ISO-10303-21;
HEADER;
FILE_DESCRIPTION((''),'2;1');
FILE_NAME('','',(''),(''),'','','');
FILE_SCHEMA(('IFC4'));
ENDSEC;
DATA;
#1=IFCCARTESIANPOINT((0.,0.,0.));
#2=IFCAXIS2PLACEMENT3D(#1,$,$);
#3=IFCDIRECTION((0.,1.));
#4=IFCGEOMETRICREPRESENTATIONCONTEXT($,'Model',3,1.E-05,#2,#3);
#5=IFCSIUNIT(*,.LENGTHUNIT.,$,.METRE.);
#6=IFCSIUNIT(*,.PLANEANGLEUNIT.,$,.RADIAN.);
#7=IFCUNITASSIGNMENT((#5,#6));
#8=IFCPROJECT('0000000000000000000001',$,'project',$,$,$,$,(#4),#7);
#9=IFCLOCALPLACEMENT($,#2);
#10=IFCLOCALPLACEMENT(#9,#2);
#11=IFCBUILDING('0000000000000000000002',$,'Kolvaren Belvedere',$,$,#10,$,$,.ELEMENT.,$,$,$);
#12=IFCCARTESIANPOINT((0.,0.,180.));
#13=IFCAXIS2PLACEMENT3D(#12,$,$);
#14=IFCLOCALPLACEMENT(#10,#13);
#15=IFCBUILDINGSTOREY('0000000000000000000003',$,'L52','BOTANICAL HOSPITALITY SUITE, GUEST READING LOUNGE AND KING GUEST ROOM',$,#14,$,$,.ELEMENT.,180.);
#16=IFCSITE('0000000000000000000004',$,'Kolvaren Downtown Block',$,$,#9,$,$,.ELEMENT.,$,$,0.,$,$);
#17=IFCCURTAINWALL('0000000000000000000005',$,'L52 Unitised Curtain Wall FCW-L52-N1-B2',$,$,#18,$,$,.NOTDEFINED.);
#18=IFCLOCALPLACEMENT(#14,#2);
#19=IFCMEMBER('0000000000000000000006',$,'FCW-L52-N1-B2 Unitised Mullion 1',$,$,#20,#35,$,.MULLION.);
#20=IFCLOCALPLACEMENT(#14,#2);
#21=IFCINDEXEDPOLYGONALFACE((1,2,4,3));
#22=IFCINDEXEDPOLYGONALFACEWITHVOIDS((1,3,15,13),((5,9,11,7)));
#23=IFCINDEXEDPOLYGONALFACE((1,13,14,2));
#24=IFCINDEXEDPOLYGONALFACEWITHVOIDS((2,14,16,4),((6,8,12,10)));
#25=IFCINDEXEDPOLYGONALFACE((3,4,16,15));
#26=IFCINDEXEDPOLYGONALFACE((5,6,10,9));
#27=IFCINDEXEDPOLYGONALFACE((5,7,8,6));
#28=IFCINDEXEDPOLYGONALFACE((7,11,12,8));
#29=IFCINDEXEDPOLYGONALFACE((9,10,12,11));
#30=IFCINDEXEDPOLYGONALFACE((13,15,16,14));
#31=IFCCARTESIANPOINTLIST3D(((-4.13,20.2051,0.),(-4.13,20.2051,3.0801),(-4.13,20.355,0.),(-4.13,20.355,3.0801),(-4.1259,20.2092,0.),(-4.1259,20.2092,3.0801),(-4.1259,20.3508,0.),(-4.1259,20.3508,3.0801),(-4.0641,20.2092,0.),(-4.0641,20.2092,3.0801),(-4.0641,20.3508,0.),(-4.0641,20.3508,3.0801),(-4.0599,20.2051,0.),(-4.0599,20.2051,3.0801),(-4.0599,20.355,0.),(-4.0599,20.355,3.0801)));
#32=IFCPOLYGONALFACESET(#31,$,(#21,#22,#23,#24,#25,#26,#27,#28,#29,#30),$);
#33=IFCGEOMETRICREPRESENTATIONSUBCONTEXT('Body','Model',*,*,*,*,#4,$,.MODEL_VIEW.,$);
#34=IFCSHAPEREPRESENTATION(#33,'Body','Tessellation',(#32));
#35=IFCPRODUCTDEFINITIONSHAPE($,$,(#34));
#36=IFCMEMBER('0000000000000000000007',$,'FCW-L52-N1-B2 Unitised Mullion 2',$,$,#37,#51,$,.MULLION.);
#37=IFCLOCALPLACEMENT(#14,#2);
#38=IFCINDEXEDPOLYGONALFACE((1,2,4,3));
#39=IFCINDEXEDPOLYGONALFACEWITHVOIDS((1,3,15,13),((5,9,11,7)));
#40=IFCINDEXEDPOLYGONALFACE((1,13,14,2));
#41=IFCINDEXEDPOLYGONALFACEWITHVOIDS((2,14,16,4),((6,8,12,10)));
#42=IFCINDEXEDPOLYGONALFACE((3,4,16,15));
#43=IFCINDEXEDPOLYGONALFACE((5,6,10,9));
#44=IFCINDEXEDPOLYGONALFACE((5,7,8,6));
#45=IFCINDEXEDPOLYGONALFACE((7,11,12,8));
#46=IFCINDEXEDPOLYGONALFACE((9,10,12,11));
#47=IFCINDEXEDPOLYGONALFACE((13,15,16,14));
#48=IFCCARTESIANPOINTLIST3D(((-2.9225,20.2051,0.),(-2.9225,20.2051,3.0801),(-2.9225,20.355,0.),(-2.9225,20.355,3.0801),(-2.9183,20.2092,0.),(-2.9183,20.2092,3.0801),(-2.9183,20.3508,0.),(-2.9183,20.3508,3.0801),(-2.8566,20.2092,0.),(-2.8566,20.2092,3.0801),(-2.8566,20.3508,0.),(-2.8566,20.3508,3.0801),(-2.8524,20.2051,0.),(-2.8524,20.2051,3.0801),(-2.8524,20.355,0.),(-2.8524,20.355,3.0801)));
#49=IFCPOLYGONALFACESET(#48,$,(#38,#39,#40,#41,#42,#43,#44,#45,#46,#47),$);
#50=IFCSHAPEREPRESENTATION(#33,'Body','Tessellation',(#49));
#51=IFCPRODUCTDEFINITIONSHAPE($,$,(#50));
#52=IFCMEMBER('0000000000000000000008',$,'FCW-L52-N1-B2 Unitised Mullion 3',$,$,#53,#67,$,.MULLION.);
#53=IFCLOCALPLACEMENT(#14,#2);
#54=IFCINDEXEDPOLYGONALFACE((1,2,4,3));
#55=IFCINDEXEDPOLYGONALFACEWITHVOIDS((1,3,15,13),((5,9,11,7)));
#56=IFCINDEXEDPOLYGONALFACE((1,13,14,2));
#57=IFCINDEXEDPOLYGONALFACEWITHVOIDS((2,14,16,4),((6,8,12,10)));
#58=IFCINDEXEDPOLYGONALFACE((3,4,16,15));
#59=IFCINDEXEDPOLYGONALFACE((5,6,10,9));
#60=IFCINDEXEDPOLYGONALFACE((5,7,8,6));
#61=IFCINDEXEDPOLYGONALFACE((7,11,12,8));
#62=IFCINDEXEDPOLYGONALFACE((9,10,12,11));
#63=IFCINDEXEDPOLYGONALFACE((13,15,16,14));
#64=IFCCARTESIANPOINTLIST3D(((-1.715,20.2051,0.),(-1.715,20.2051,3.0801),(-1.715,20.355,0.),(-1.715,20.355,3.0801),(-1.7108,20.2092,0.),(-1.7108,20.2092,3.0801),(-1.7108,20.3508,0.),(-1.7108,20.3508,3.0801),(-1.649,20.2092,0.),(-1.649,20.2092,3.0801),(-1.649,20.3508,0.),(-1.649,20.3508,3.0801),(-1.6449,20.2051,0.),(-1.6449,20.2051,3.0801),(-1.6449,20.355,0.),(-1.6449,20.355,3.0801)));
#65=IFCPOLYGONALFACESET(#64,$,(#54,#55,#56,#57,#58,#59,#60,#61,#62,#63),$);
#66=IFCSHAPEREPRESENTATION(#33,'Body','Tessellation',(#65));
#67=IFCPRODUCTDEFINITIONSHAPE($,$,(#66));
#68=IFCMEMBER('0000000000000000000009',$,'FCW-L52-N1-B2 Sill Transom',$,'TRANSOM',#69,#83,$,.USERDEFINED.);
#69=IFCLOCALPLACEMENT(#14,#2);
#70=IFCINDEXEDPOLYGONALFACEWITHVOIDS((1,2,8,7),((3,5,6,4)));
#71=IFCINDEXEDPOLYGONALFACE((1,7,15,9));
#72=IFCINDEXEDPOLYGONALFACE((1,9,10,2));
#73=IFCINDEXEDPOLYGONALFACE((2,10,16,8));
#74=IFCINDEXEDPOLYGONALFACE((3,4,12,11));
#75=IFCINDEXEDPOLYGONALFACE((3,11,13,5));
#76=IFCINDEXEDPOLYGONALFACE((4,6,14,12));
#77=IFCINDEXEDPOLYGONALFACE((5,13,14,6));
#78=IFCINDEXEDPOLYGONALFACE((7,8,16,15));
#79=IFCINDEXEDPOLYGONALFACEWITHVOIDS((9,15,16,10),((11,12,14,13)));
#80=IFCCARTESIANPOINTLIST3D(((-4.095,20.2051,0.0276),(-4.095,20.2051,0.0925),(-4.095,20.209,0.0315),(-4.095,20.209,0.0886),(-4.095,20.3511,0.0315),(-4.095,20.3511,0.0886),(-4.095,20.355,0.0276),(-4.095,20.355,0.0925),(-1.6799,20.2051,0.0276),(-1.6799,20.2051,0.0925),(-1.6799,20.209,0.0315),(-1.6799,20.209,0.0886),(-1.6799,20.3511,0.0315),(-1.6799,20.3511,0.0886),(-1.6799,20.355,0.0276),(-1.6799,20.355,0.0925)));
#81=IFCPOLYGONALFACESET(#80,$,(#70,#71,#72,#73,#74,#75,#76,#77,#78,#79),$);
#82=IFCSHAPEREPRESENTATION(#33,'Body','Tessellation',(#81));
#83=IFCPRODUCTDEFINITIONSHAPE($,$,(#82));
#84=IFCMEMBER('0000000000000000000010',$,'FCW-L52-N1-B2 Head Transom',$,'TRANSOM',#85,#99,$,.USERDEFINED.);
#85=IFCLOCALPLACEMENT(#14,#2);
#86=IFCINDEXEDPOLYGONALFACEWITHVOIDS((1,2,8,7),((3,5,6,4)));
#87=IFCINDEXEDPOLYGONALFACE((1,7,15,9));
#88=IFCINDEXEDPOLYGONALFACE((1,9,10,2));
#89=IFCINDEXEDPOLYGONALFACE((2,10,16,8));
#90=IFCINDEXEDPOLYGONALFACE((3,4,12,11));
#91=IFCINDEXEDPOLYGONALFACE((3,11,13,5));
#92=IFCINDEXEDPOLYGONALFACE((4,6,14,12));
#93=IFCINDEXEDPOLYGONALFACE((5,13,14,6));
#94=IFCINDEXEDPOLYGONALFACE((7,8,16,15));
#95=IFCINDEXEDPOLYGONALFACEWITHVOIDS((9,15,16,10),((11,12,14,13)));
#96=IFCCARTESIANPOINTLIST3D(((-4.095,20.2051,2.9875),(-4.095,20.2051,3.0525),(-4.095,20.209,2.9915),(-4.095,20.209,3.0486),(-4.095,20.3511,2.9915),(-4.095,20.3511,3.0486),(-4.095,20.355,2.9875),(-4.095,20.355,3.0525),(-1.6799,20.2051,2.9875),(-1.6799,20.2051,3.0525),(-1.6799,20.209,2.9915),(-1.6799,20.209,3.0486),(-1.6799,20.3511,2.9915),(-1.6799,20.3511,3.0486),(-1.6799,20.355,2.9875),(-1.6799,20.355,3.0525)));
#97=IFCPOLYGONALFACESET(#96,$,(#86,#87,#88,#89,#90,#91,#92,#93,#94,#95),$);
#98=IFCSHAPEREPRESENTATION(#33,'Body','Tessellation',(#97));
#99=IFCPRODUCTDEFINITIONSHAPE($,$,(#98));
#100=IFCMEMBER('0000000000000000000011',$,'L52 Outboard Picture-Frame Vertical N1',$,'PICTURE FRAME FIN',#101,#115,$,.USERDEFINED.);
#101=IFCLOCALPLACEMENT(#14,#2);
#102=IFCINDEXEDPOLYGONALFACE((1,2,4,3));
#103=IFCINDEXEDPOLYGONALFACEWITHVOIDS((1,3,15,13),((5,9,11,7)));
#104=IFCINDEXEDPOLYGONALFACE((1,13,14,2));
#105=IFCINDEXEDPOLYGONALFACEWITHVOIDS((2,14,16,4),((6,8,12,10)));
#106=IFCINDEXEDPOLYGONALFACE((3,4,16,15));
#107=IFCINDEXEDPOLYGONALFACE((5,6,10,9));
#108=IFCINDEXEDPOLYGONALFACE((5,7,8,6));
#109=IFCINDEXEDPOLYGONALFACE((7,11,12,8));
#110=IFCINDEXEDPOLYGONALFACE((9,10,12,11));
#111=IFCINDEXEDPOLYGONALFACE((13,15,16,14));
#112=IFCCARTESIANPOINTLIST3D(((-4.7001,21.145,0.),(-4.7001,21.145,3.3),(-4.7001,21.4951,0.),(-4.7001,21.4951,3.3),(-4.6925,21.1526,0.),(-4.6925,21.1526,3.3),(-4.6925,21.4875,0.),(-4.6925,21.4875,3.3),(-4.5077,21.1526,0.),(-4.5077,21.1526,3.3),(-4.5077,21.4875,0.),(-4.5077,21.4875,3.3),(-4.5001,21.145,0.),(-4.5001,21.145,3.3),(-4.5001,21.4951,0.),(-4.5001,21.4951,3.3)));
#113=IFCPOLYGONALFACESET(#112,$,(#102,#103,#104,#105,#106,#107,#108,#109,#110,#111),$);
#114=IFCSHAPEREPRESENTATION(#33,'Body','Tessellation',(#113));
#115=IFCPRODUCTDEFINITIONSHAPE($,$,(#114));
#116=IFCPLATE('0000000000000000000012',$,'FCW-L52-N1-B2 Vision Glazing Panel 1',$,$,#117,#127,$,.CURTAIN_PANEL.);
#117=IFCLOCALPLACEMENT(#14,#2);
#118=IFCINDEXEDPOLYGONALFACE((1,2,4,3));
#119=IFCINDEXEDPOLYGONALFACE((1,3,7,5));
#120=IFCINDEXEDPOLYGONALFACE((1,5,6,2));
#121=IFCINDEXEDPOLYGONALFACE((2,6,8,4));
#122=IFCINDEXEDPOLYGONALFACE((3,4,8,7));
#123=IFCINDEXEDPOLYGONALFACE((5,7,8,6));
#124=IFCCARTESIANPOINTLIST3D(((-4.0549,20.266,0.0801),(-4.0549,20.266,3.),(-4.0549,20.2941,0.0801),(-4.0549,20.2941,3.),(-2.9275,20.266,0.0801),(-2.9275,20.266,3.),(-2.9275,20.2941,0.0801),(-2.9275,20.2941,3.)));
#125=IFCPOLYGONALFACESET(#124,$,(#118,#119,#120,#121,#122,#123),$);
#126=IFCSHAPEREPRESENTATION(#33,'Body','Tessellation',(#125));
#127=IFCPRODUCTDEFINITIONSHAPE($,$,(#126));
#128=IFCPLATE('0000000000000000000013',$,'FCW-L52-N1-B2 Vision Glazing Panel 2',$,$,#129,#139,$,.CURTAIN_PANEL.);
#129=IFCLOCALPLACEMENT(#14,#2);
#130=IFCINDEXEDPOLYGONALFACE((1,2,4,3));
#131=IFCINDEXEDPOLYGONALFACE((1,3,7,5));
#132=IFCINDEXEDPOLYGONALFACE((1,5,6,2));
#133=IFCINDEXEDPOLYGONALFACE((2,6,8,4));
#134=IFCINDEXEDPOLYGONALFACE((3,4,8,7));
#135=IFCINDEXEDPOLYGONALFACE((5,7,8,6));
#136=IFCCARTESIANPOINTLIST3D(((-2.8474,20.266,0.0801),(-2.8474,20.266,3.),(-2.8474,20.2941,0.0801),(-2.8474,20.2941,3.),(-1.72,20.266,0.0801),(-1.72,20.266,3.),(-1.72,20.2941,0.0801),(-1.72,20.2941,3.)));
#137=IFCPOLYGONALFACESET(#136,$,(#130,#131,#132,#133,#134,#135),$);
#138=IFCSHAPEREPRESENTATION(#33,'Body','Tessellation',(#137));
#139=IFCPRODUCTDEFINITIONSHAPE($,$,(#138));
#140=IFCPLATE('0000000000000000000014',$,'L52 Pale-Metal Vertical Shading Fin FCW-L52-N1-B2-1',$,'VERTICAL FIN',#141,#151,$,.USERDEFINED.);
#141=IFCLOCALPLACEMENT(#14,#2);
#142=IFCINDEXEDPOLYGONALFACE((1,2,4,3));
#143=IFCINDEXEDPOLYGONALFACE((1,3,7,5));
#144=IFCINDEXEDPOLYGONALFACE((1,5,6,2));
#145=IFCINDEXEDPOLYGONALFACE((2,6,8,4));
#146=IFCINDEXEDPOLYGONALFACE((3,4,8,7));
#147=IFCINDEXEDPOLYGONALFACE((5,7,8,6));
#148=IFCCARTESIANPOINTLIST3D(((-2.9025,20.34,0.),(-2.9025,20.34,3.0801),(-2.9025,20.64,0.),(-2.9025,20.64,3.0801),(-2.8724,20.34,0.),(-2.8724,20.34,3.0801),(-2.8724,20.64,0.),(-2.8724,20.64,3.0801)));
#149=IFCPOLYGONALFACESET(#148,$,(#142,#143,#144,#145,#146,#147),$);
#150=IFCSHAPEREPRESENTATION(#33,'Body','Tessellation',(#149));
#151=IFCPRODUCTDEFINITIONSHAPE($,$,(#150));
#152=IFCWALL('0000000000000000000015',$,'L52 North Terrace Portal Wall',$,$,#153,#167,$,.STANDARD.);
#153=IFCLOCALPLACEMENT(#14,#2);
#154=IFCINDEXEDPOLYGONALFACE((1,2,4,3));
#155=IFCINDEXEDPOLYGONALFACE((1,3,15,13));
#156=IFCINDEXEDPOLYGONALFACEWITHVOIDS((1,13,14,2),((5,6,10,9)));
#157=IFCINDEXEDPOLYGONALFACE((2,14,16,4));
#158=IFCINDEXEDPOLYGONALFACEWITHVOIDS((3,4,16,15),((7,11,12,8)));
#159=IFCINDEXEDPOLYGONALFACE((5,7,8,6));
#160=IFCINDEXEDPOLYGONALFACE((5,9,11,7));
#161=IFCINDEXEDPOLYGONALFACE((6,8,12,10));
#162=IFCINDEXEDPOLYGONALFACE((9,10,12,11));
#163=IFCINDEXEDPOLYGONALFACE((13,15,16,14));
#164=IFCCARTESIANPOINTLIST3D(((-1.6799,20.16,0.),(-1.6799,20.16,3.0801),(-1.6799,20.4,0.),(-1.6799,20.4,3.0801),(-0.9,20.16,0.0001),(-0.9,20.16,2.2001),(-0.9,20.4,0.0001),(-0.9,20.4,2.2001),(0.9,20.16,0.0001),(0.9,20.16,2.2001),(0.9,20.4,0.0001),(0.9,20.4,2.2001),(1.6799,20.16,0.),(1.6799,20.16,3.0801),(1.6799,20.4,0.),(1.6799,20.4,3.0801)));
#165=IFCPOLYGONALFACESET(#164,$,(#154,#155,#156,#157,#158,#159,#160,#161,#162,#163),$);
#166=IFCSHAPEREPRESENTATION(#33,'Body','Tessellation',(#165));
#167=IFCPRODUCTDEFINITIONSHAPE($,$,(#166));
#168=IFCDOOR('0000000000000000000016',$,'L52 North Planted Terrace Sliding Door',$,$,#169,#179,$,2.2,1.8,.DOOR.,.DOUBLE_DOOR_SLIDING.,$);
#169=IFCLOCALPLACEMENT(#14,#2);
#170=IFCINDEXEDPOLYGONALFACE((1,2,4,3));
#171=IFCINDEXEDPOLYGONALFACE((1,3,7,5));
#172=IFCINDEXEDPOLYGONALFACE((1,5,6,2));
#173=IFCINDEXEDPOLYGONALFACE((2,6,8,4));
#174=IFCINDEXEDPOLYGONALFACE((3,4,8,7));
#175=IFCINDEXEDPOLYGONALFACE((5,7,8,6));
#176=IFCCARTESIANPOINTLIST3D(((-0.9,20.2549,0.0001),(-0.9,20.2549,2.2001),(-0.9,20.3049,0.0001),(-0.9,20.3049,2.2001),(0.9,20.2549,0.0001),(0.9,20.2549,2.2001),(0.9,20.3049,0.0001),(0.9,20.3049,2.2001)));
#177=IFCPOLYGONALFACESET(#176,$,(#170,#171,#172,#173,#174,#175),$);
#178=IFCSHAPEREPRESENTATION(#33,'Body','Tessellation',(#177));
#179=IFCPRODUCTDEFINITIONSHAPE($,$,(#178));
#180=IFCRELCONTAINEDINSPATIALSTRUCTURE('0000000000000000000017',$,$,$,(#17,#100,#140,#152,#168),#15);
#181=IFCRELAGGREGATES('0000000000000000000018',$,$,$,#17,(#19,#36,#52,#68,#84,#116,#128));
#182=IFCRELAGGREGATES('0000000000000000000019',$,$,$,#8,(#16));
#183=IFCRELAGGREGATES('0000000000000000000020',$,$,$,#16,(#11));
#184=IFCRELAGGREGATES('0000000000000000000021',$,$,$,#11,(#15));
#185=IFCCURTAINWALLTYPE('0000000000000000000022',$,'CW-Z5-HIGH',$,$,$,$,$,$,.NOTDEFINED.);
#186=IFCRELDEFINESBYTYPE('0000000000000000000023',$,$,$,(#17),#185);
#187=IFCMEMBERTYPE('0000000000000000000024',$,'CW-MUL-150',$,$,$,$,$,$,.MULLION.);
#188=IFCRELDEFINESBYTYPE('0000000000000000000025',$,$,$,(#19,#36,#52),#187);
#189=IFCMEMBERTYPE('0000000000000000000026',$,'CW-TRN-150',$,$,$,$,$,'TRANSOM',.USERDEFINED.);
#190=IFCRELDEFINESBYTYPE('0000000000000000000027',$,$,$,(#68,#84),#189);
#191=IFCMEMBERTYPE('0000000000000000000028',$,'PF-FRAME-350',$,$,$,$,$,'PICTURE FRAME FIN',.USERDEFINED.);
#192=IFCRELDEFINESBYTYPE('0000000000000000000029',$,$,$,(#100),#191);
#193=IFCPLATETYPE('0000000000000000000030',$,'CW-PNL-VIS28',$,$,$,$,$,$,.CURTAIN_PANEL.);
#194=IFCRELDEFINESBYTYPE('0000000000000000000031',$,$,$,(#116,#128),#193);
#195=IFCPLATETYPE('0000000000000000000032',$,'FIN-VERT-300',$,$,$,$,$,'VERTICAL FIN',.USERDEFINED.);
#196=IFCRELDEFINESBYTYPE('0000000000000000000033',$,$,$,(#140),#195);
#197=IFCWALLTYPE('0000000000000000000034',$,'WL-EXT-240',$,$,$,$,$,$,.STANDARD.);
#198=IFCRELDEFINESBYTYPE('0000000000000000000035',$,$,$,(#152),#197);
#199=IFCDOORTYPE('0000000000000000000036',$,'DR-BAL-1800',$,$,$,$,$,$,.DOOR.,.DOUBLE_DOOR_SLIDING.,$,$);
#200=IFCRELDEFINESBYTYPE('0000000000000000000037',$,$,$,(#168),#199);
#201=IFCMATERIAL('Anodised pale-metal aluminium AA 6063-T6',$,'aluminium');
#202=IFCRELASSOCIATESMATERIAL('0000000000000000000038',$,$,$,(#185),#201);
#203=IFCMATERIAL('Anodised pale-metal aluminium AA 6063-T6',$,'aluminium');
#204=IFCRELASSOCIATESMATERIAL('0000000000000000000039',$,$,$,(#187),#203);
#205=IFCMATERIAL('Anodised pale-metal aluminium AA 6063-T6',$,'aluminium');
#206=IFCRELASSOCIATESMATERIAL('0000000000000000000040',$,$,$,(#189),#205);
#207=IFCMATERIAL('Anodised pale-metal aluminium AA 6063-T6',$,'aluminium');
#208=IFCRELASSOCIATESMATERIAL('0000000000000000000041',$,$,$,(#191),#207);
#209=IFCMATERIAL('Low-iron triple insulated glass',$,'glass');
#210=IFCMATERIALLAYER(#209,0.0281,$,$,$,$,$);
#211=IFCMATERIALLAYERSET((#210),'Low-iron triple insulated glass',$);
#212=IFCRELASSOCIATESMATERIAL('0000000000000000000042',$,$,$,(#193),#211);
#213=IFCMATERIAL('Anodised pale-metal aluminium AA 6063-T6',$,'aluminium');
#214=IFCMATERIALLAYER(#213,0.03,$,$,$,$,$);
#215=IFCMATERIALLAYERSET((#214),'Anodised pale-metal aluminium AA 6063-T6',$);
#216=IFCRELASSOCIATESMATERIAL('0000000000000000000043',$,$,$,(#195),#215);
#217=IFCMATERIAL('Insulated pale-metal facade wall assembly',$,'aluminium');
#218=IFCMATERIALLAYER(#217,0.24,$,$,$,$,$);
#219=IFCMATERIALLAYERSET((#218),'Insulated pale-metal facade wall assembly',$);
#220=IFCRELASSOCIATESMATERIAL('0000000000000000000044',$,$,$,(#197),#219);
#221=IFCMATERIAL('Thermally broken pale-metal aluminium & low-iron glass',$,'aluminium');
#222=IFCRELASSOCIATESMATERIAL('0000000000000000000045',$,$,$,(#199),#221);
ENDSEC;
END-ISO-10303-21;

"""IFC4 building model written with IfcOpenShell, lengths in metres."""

from ifc_helpers import new_model, si_unit, direction, frame, frame_2d, origin, origin_2d, place, context, subcontext, project, spatial, rectangle, hollow_rectangle, extrude, material, layer, layer_set, material_profile, profile_set, type_object, element, fill, aggregate, save


model = new_model("IFC4")

# Units and contexts
model_context = context("Model", 3, precision=1e-05, world=origin(), true_north=direction((0.0, 1.0)))
body_context = subcontext(model_context, "Body", "Model", "MODEL_VIEW")
ifc_project = project(units=[si_unit("LENGTHUNIT", "METRE"), si_unit("PLANEANGLEUNIT", "RADIAN")], contexts=[model_context])

# Site, building, storey
site_placement = place(None, origin())
site = spatial("IfcSite", under=ifc_project, at=site_placement, Name="Kolvaren Downtown Block", CompositionType="ELEMENT", RefElevation=0.0)
building_placement = place(site_placement, origin())
building = spatial("IfcBuilding", under=site, at=building_placement, Name="Kolvaren Belvedere", CompositionType="ELEMENT")
storey_placement = place(building_placement, frame((0.0, 0.0, 180.0)))
storey = spatial("IfcBuildingStorey", under=building, at=storey_placement, Name="L52", Description="BOTANICAL HOSPITALITY SUITE, GUEST READING LOUNGE AND KING GUEST ROOM", CompositionType="ELEMENT", Elevation=180.0)

# Shared definitions
ifc_material_1 = material(Name="Anodised pale-metal aluminium AA 6063-T6", Category="aluminium")
curtain_wall_type = type_object("IfcCurtainWallType", Name="CW-Z5-HIGH", PredefinedType="NOTDEFINED", material=ifc_material_1)
ifc_material_2 = material(Name="Anodised pale-metal aluminium AA 6063-T6", Category="aluminium")
ifc_material_profile_1 = material_profile(ifc_material_2, hollow_rectangle(XDim=0.0701, YDim=0.1499, WallThickness=0.0042, at=origin_2d()), Name="ALU-MUL-150X70")
ifc_profile_set_1 = profile_set([ifc_material_profile_1], Name="Anodised pale-metal aluminium AA 6063-T6")
member_type_1 = type_object("IfcMemberType", Name="CW-MUL-150", PredefinedType="MULLION", material=ifc_profile_set_1)

# Curtain wall, members
curtain_wall_1_placement = place(storey_placement, origin())
curtain_wall_1 = element("IfcCurtainWall", 1, at=curtain_wall_1_placement, inside=storey, type_object=curtain_wall_type, Name="L52 Unitised Curtain Wall FCW-L52-N1-B2", PredefinedType="NOTDEFINED")
member_1_placement = place(storey_placement, frame((-4.095, 20.28, 0.0), z_axis=(0.0, 0.0, 1.0), x_axis=(1.0, 0.0, 0.0)))
member_1 = element("IfcMember", 2, at=member_1_placement, type_object=member_type_1, Name="FCW-L52-N1-B2 Unitised Mullion 1", PredefinedType="MULLION", context=body_context, shape_type="SweptSolid", body=[
    extrude(hollow_rectangle(XDim=0.0701, YDim=0.1499, WallThickness=0.0042, at=origin_2d()), origin(), (0.0, 0.0, 1.0), 3.0801),
])
member_2_placement = place(storey_placement, frame((-2.8875, 20.28, 0.0), z_axis=(0.0, 0.0, 1.0), x_axis=(1.0, 0.0, 0.0)))
member_2 = element("IfcMember", 3, at=member_2_placement, type_object=member_type_1, Name="FCW-L52-N1-B2 Unitised Mullion 2", PredefinedType="MULLION", context=body_context, shape_type="SweptSolid", body=[
    extrude(hollow_rectangle(XDim=0.0701, YDim=0.1499, WallThickness=0.0042, at=origin_2d()), origin(), (0.0, 0.0, 1.0), 3.0801),
])
member_3_placement = place(storey_placement, frame((-1.6799, 20.28, 0.0), z_axis=(0.0, 0.0, 1.0), x_axis=(1.0, 0.0, 0.0)))
member_3 = element("IfcMember", 4, at=member_3_placement, type_object=member_type_1, Name="FCW-L52-N1-B2 Unitised Mullion 3", PredefinedType="MULLION", context=body_context, shape_type="SweptSolid", body=[
    extrude(hollow_rectangle(XDim=0.0701, YDim=0.1499, WallThickness=0.0042, at=origin_2d()), origin(), (0.0, 0.0, 1.0), 3.0801),
])
ifc_material_3 = material(Name="Anodised pale-metal aluminium AA 6063-T6", Category="aluminium")
ifc_material_profile_2 = material_profile(ifc_material_3, hollow_rectangle(XDim=0.0649, YDim=0.1499, WallThickness=0.0039, at=origin_2d()), Name="ALU-TRN-150X65")
ifc_profile_set_2 = profile_set([ifc_material_profile_2], Name="Anodised pale-metal aluminium AA 6063-T6")
member_type_2 = type_object("IfcMemberType", Name="CW-TRN-150", ElementType="TRANSOM", PredefinedType="USERDEFINED", material=ifc_profile_set_2)
member_4_placement = place(storey_placement, frame((-4.095, 20.28, 0.0601), z_axis=(1.0, 0.0, 0.0), x_axis=(0.0, 0.0, 1.0)))
member_4 = element("IfcMember", 5, at=member_4_placement, type_object=member_type_2, Name="FCW-L52-N1-B2 Sill Transom", ObjectType="TRANSOM", PredefinedType="USERDEFINED", context=body_context, shape_type="SweptSolid", body=[
    extrude(hollow_rectangle(XDim=0.0649, YDim=0.1499, WallThickness=0.0039, at=origin_2d()), origin(), (0.0, 0.0, 1.0), 2.415),
])
member_5_placement = place(storey_placement, frame((-4.095, 20.28, 3.02), z_axis=(1.0, 0.0, 0.0), x_axis=(0.0, 0.0, 1.0)))
member_5 = element("IfcMember", 6, at=member_5_placement, type_object=member_type_2, Name="FCW-L52-N1-B2 Head Transom", ObjectType="TRANSOM", PredefinedType="USERDEFINED", context=body_context, shape_type="SweptSolid", body=[
    extrude(hollow_rectangle(XDim=0.0649, YDim=0.1499, WallThickness=0.0039, at=origin_2d()), origin(), (0.0, 0.0, 1.0), 2.415),
])

# Member
ifc_material_4 = material(Name="Anodised pale-metal aluminium AA 6063-T6", Category="aluminium")
ifc_material_profile_3 = material_profile(ifc_material_4, hollow_rectangle(XDim=0.2, YDim=0.3501, WallThickness=0.0076, at=origin_2d()), Name="ALU-PF-350X200")
ifc_profile_set_3 = profile_set([ifc_material_profile_3], Name="Anodised pale-metal aluminium AA 6063-T6")
member_type_3 = type_object("IfcMemberType", Name="PF-FRAME-350", ElementType="PICTURE FRAME FIN", PredefinedType="USERDEFINED", material=ifc_profile_set_3)
member_6_placement = place(storey_placement, frame((-4.6001, 21.3201, 0.0), z_axis=(0.0, 0.0, 1.0), x_axis=(1.0, 0.0, 0.0)))
element("IfcMember", 7, at=member_6_placement, inside=storey, type_object=member_type_3, Name="L52 Outboard Picture-Frame Vertical N1", ObjectType="PICTURE FRAME FIN", PredefinedType="USERDEFINED", context=body_context, shape_type="SweptSolid", body=[
    extrude(hollow_rectangle(XDim=0.2, YDim=0.3501, WallThickness=0.0076, at=origin_2d()), origin(), (0.0, 0.0, 1.0), 3.3),
])

# Plates
ifc_material_5 = material(Name="Low-iron triple insulated glass", Category="glass")
ifc_layer_1 = layer(ifc_material_5, 0.0281)
ifc_layer_set_1 = layer_set([ifc_layer_1], Name="Low-iron triple insulated glass")
plate_type_1 = type_object("IfcPlateType", Name="CW-PNL-VIS28", PredefinedType="CURTAIN_PANEL", material=ifc_layer_set_1)
plate_1_placement = place(storey_placement, frame((-3.4912, 20.28, 0.0801), z_axis=(0.0, 0.0, 1.0), x_axis=(1.0, 0.0, 0.0)))
plate_1 = element("IfcPlate", 8, at=plate_1_placement, type_object=plate_type_1, Name="FCW-L52-N1-B2 Vision Glazing Panel 1", PredefinedType="CURTAIN_PANEL", context=body_context, shape_type="SweptSolid", body=[
    extrude(rectangle(XDim=1.1274, YDim=0.0281, at=origin_2d()), origin(), (0.0, 0.0, 1.0), 2.9199),
])
plate_2_placement = place(storey_placement, frame((-2.2837, 20.28, 0.0801), z_axis=(0.0, 0.0, 1.0), x_axis=(1.0, 0.0, 0.0)))
plate_2 = element("IfcPlate", 9, at=plate_2_placement, type_object=plate_type_1, Name="FCW-L52-N1-B2 Vision Glazing Panel 2", PredefinedType="CURTAIN_PANEL", context=body_context, shape_type="SweptSolid", body=[
    extrude(rectangle(XDim=1.1274, YDim=0.0281, at=origin_2d()), origin(), (0.0, 0.0, 1.0), 2.9199),
])
aggregate(curtain_wall_1, [member_1, member_2, member_3, member_4, member_5, plate_1, plate_2])
ifc_material_6 = material(Name="Anodised pale-metal aluminium AA 6063-T6", Category="aluminium")
ifc_layer_2 = layer(ifc_material_6, 0.03)
ifc_layer_set_2 = layer_set([ifc_layer_2], Name="Anodised pale-metal aluminium AA 6063-T6")
plate_type_2 = type_object("IfcPlateType", Name="FIN-VERT-300", ElementType="VERTICAL FIN", PredefinedType="USERDEFINED", material=ifc_layer_set_2)
plate_3_placement = place(storey_placement, frame((-2.8875, 20.49, 0.0), z_axis=(0.0, 0.0, 1.0), x_axis=(0.0, 1.0, 0.0)))
element("IfcPlate", 10, at=plate_3_placement, inside=storey, type_object=plate_type_2, Name="L52 Pale-Metal Vertical Shading Fin FCW-L52-N1-B2-1", ObjectType="VERTICAL FIN", PredefinedType="USERDEFINED", context=body_context, shape_type="SweptSolid", body=[
    extrude(rectangle(XDim=0.3, YDim=0.03, at=origin_2d()), origin(), (0.0, 0.0, 1.0), 3.0801),
])

# Wall, opening, door
ifc_material_7 = material(Name="Insulated pale-metal facade wall assembly", Category="aluminium")
ifc_layer_3 = layer(ifc_material_7, 0.24)
ifc_layer_set_3 = layer_set([ifc_layer_3], Name="Insulated pale-metal facade wall assembly")
wall_type_1 = type_object("IfcWallType", Name="WL-EXT-240", PredefinedType="STANDARD", material=ifc_layer_set_3)
wall_1_placement = place(storey_placement, frame((-1.6799, 20.28, 0.0), z_axis=(0.0, 0.0, 1.0), x_axis=(1.0, 0.0, 0.0)))
wall_1 = element("IfcWall", 11, at=wall_1_placement, inside=storey, type_object=wall_type_1, Name="L52 North Terrace Portal Wall", PredefinedType="STANDARD", context=body_context, shape_type="SweptSolid", body=[
    extrude(rectangle(XDim=3.3599, YDim=0.24, at=frame_2d((1.6799, 0.0))), origin(), (0.0, 0.0, 1.0), 3.0801),
])
opening_1_placement = place(wall_1_placement, frame((0.78, 0.0, 0.0)))
opening_1 = element("IfcOpeningElement", 12, at=opening_1_placement, cuts=wall_1, PredefinedType="OPENING", context=body_context, shape_type="SweptSolid", body=[
    extrude(rectangle(XDim=1.8, YDim=2.2, at=frame_2d((0.8999, 1.1001))), frame((0.0, 0.1299, 0.0), z_axis=(0.0, -1.0, 0.0), x_axis=(1.0, 0.0, 0.0)), (0.0, 0.0, 1.0), 0.26),
])
ifc_material_8 = material(Name="Thermally broken pale-metal aluminium & low-iron glass", Category="aluminium")
door_type_1 = type_object("IfcDoorType", Name="DR-BAL-1800", OperationType="DOUBLE_DOOR_SLIDING", PredefinedType="DOOR", material=ifc_material_8)
door_1_placement = place(opening_1_placement, origin())
door_1 = element("IfcDoor", 13, at=door_1_placement, inside=storey, type_object=door_type_1, Name="L52 North Planted Terrace Sliding Door", OperationType="DOUBLE_DOOR_SLIDING", OverallHeight=2.2, OverallWidth=1.8, PredefinedType="DOOR", context=body_context, shape_type="SweptSolid", body=[
    extrude(rectangle(XDim=1.8, YDim=2.2, at=frame_2d((0.8999, 1.1001))), frame((0.0, 0.0249, 0.0), z_axis=(0.0, -1.0, 0.0), x_axis=(1.0, 0.0, 0.0)), (0.0, 0.0, 1.0), 0.05),
])
fill(opening_1, door_1)

save(model, "model.ifc")
